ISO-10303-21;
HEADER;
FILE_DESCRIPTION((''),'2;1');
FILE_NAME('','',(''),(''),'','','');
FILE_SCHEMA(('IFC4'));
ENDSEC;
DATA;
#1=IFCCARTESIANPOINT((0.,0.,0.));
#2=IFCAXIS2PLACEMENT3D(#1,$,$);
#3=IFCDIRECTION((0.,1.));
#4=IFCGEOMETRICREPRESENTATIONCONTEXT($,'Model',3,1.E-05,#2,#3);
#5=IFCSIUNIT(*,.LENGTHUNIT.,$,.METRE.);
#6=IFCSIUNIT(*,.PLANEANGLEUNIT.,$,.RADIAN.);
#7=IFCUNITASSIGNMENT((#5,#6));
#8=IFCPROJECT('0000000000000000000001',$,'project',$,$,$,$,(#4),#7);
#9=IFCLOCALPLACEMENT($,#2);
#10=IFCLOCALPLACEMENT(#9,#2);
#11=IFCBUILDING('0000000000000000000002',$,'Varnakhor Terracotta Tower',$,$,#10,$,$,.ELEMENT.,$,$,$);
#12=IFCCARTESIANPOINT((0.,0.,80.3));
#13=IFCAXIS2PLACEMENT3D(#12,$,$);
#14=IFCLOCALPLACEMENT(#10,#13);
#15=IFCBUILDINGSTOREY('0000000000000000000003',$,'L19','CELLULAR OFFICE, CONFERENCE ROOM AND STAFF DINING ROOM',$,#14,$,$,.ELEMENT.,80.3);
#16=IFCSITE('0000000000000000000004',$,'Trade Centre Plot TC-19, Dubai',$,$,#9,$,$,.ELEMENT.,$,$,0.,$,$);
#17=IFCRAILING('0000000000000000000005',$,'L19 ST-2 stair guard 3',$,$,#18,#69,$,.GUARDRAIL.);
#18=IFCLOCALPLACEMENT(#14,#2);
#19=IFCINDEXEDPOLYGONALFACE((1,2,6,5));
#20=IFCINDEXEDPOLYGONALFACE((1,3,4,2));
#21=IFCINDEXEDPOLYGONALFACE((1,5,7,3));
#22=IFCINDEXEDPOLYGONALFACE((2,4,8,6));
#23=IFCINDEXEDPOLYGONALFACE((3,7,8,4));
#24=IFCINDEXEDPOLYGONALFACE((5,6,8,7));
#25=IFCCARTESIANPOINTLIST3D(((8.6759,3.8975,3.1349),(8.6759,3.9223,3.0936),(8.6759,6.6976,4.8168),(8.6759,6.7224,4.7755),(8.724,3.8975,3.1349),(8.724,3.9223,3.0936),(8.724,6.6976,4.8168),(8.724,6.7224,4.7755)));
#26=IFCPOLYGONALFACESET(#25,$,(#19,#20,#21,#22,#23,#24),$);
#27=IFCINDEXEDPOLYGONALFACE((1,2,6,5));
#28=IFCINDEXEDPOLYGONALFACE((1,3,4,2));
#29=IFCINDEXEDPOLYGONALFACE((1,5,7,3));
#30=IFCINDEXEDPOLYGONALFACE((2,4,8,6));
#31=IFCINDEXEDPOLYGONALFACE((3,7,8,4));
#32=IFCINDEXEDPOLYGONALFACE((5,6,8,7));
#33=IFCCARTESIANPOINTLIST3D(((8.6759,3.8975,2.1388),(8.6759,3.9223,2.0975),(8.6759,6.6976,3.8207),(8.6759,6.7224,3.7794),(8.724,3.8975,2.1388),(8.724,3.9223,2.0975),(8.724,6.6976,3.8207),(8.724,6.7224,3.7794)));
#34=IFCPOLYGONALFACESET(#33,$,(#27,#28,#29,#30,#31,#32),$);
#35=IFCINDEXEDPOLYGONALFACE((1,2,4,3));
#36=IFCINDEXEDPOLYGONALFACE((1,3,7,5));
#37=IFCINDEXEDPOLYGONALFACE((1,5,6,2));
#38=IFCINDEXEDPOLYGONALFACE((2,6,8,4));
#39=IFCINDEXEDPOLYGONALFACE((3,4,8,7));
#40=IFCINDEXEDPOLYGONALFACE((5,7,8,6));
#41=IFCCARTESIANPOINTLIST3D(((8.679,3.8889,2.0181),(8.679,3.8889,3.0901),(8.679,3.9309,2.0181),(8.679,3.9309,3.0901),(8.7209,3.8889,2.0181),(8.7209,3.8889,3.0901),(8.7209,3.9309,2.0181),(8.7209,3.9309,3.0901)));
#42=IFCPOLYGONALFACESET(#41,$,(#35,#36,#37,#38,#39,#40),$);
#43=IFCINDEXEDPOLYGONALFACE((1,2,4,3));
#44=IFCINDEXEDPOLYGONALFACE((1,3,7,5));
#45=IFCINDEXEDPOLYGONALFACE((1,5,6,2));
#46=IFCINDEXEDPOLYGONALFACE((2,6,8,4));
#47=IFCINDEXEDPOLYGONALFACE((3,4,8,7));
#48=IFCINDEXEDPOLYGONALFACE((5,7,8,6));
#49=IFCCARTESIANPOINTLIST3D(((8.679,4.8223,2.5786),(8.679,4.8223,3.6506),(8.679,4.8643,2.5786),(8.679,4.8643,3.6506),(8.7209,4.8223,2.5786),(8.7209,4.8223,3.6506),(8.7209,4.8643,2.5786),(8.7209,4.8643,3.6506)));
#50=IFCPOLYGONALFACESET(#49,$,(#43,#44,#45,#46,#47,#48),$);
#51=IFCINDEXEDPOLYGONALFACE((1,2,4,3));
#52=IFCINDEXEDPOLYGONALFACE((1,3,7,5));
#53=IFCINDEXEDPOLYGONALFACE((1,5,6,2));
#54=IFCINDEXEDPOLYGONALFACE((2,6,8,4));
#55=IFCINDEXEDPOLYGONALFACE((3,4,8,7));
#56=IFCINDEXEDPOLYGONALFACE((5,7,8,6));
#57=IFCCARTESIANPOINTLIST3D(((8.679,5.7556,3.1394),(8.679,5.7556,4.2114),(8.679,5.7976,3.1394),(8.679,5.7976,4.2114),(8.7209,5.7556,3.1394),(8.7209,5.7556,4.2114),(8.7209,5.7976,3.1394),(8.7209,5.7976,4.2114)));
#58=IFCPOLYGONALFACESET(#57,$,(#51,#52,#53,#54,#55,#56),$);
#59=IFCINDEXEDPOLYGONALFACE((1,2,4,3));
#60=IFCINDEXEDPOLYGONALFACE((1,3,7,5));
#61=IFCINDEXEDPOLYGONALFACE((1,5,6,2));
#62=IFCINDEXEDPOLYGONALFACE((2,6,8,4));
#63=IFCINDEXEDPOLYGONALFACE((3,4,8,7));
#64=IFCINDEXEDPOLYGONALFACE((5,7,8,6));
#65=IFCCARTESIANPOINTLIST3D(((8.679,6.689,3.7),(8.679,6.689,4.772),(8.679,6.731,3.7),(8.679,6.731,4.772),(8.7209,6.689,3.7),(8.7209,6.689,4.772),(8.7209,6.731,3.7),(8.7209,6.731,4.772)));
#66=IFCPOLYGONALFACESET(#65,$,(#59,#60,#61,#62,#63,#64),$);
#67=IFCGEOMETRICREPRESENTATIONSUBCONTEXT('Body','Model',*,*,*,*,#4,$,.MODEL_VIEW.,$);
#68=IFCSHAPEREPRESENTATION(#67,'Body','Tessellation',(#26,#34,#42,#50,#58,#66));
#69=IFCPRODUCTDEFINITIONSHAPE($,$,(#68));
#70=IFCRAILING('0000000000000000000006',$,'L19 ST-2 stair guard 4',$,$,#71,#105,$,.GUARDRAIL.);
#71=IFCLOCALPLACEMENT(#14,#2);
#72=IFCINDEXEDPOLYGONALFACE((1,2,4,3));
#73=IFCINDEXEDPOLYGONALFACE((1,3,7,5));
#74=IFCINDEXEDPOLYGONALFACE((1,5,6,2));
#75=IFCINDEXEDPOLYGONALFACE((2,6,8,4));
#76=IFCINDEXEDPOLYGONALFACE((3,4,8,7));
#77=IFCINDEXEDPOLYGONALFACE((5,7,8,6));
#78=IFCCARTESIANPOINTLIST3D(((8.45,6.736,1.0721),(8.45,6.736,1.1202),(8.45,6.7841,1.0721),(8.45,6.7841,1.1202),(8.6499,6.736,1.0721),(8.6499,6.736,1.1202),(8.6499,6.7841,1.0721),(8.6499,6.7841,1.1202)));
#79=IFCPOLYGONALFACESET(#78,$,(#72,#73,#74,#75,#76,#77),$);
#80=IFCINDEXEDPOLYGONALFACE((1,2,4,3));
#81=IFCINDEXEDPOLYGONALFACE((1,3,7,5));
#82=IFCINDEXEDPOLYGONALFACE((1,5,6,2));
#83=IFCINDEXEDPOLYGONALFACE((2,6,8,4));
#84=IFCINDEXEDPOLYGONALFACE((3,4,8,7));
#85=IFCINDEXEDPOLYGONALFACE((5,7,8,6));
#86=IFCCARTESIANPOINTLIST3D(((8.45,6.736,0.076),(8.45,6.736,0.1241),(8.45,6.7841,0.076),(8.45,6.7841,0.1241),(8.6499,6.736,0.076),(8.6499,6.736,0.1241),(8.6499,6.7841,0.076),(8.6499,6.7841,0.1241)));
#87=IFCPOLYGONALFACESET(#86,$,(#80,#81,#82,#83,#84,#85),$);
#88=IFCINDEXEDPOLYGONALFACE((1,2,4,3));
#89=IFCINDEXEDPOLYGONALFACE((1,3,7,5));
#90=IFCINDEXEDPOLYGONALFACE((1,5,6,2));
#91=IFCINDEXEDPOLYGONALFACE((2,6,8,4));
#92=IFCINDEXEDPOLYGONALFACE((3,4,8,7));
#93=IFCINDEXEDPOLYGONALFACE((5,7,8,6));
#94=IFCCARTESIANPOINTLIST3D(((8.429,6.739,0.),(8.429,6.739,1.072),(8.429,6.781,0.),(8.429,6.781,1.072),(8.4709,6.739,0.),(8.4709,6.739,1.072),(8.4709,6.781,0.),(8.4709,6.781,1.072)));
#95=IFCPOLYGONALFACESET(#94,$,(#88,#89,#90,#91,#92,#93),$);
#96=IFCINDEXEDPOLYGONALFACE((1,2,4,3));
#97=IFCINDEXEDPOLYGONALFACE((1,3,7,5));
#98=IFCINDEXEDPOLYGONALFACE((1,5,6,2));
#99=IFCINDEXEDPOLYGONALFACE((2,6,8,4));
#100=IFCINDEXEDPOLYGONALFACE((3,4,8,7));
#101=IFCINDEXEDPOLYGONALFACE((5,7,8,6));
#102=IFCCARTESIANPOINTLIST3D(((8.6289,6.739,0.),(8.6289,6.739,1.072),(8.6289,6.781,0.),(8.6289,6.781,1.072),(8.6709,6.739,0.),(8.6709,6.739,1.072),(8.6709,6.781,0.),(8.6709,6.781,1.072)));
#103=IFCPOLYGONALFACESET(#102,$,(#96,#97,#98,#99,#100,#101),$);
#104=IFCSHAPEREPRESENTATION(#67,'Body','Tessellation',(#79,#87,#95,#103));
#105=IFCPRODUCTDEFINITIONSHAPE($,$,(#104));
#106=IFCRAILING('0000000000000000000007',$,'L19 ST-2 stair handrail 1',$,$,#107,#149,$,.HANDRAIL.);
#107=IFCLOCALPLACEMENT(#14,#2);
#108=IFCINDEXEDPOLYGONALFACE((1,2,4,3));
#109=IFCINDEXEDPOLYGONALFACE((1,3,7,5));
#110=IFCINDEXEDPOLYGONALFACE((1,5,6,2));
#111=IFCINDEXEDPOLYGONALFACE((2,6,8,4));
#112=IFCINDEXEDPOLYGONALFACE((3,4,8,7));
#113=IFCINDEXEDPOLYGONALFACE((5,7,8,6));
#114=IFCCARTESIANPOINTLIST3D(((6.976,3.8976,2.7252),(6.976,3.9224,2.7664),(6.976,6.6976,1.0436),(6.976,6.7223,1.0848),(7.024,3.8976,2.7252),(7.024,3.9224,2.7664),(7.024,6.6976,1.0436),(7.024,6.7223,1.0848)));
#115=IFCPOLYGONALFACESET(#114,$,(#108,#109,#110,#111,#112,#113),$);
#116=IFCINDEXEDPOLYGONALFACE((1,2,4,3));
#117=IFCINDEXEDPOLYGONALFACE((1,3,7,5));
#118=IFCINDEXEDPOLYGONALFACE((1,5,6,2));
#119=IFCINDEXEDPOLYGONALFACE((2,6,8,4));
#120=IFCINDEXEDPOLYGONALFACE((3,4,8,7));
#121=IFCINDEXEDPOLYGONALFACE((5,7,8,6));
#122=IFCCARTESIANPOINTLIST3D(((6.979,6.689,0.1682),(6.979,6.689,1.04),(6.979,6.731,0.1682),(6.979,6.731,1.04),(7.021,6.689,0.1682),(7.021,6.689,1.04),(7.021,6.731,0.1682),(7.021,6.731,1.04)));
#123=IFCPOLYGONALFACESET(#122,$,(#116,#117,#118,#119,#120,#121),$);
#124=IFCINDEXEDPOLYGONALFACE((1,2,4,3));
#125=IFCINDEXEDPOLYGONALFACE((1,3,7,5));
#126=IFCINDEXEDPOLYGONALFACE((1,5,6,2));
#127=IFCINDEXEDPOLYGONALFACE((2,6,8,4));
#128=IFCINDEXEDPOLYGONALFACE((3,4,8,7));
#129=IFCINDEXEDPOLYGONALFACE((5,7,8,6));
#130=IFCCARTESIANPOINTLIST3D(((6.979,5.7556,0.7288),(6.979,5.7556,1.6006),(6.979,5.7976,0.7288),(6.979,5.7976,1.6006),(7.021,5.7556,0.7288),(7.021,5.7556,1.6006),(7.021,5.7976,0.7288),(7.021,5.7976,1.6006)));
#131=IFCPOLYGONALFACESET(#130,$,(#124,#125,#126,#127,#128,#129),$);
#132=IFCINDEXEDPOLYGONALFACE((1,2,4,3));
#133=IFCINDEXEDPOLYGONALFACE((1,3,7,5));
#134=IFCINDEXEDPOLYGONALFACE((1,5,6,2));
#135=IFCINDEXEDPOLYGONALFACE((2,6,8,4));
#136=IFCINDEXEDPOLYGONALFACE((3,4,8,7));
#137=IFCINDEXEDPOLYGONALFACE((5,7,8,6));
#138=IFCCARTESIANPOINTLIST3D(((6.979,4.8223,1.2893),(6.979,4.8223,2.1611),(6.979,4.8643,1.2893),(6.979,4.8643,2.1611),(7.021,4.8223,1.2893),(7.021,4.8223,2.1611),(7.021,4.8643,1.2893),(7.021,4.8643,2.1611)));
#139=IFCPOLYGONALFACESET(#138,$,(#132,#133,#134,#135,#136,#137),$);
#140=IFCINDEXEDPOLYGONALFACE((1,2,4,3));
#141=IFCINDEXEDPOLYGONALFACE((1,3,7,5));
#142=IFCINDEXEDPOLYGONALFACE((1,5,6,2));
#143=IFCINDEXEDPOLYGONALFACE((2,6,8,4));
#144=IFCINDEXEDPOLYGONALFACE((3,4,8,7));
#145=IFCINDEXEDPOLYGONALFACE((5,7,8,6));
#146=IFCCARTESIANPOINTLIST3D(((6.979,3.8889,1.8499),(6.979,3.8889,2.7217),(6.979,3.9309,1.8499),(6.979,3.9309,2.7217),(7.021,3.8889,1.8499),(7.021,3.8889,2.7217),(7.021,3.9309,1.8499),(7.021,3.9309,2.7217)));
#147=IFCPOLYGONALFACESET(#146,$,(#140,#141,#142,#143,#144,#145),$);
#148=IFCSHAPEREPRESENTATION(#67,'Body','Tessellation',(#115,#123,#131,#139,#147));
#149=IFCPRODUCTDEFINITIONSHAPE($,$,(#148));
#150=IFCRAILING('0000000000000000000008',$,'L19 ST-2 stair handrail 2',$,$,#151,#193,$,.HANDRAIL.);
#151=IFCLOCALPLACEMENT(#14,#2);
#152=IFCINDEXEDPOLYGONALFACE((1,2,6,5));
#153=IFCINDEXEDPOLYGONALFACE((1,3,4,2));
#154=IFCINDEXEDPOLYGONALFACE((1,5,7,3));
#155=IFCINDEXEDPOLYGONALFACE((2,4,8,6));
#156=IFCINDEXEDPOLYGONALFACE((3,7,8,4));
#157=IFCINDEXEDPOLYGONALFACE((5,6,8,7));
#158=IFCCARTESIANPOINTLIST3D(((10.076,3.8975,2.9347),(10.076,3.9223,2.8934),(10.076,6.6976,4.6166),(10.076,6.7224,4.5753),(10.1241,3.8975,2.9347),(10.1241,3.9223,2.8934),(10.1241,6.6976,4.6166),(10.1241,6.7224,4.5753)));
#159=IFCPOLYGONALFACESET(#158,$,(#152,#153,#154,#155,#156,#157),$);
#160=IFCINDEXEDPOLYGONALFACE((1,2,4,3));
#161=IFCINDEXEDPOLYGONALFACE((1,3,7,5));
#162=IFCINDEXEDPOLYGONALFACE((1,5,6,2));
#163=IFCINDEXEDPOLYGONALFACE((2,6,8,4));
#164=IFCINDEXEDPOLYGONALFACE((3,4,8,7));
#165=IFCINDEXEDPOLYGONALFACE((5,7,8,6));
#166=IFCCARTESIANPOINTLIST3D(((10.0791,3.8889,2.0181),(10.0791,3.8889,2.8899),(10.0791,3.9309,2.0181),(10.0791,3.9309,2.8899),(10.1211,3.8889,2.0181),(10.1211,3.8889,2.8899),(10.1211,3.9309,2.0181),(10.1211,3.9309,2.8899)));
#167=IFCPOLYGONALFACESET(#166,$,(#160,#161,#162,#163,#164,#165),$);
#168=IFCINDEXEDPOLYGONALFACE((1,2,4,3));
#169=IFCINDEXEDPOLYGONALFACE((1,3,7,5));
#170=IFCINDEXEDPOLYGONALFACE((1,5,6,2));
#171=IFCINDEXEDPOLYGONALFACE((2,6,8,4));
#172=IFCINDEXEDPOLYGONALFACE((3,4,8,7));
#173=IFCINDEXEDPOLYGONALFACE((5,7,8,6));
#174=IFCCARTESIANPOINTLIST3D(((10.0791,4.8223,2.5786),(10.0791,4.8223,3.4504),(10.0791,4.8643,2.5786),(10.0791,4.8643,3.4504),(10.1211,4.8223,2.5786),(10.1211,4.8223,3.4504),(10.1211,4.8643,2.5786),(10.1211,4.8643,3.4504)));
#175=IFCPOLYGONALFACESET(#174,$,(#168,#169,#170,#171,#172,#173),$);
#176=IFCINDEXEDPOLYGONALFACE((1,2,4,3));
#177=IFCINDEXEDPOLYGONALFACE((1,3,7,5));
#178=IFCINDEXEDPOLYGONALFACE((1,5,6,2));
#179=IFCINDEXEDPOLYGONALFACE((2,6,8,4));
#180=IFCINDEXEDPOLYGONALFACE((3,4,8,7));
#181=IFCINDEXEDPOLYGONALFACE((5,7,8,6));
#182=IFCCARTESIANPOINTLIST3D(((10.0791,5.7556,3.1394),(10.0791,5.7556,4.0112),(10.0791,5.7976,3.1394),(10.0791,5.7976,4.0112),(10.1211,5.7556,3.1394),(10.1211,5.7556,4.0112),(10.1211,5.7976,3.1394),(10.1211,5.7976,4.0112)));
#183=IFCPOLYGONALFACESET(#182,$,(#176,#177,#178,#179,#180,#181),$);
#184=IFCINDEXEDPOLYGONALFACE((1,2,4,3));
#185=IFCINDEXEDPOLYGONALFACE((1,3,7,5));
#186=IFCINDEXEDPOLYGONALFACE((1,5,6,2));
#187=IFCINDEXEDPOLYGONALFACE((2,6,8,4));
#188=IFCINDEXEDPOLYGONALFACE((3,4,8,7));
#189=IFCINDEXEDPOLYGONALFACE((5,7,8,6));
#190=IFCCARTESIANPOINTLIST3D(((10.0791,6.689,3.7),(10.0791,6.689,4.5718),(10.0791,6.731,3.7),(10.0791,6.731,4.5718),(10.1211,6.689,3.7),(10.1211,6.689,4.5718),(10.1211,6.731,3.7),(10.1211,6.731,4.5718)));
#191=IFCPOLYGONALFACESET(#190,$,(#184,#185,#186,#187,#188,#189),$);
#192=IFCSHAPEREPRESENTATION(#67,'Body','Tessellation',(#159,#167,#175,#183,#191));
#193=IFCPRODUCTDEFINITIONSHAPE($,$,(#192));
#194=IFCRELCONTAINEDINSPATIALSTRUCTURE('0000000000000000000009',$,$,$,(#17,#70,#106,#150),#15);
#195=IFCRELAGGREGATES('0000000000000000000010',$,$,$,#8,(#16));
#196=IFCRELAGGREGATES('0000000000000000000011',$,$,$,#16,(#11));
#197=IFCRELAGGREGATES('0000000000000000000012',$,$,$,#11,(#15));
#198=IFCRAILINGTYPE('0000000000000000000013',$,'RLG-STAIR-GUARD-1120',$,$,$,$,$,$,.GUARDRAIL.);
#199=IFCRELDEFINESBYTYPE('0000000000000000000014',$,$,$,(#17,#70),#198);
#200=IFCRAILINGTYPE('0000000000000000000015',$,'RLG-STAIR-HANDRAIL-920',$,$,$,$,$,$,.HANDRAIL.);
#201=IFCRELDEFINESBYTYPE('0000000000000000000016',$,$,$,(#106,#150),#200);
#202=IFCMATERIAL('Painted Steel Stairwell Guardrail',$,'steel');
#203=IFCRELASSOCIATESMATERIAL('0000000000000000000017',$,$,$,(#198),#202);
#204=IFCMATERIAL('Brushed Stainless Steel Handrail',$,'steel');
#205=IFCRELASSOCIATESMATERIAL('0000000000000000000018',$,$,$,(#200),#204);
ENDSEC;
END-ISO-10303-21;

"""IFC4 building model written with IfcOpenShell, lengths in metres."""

from ifc_helpers import new_model, si_unit, direction, frame, origin, origin_2d, place, context, subcontext, project, spatial, rectangle, extrude, material, type_object, element, save


model = new_model("IFC4")

# Units and contexts
model_context = context("Model", 3, precision=1e-05, world=origin(), true_north=direction((0.0, 1.0)))
body_context = subcontext(model_context, "Body", "Model", "MODEL_VIEW")
ifc_project = project(units=[si_unit("LENGTHUNIT", "METRE"), si_unit("PLANEANGLEUNIT", "RADIAN")], contexts=[model_context])

# Site, building, storey
site_placement = place(None, origin())
site = spatial("IfcSite", under=ifc_project, at=site_placement, Name="Trade Centre Plot TC-19, Dubai", CompositionType="ELEMENT", RefElevation=0.0)
building_placement = place(site_placement, origin())
building = spatial("IfcBuilding", under=site, at=building_placement, Name="Varnakhor Terracotta Tower", CompositionType="ELEMENT")
storey_placement = place(building_placement, frame((0.0, 0.0, 80.3)))
storey = spatial("IfcBuildingStorey", under=building, at=storey_placement, Name="L19", Description="CELLULAR OFFICE, CONFERENCE ROOM AND STAFF DINING ROOM", CompositionType="ELEMENT", Elevation=80.3)

# Railings
ifc_material_1 = material(Name="Painted Steel Stairwell Guardrail", Category="steel")
railing_type_1 = type_object("IfcRailingType", Name="RLG-STAIR-GUARD-1120", PredefinedType="GUARDRAIL", material=ifc_material_1)
railing_1_placement = place(storey_placement, frame((8.7, 3.9099, 2.0181)))
element("IfcRailing", 1, at=railing_1_placement, inside=storey, type_object=railing_type_1, Name="L19 ST-2 stair guard 3", PredefinedType="GUARDRAIL", context=body_context, shape_type="SweptSolid", body=[
    extrude(rectangle(XDim=0.0481, YDim=0.0481, at=origin_2d()), frame((0.0, 0.0, 1.0962), z_axis=(0.0, 0.857242, 0.514913), x_axis=(-1.0, 0.0, 0.0)), (0.0, 0.0, 1.0), 3.2664),
    extrude(rectangle(XDim=0.0481, YDim=0.0481, at=origin_2d()), frame((0.0, 0.0, 0.1001), z_axis=(0.0, 0.857242, 0.514913), x_axis=(-1.0, 0.0, 0.0)), (0.0, 0.0, 1.0), 3.2664),
    extrude(rectangle(XDim=0.042, YDim=0.042, at=origin_2d()), origin(), (0.0, 0.0, 1.0), 1.072),
    extrude(rectangle(XDim=0.042, YDim=0.042, at=origin_2d()), frame((0.0, 0.9333, 0.5605)), (0.0, 0.0, 1.0), 1.072),
    extrude(rectangle(XDim=0.042, YDim=0.042, at=origin_2d()), frame((0.0, 1.8667, 1.1213)), (0.0, 0.0, 1.0), 1.072),
    extrude(rectangle(XDim=0.042, YDim=0.042, at=origin_2d()), frame((0.0, 2.8, 1.6819)), (0.0, 0.0, 1.0), 1.072),
])
railing_2_placement = place(storey_placement, frame((8.45, 6.76, 0.0)))
element("IfcRailing", 2, at=railing_2_placement, inside=storey, type_object=railing_type_1, Name="L19 ST-2 stair guard 4", PredefinedType="GUARDRAIL", context=body_context, shape_type="SweptSolid", body=[
    extrude(rectangle(XDim=0.0481, YDim=0.0481, at=origin_2d()), frame((0.0, 0.0, 1.0962), z_axis=(1.0, 0.0, 0.0), x_axis=(0.0, 1.0, 0.0)), (0.0, 0.0, 1.0), 0.2),
    extrude(rectangle(XDim=0.0481, YDim=0.0481, at=origin_2d()), frame((0.0, 0.0, 0.1001), z_axis=(1.0, 0.0, 0.0), x_axis=(0.0, 1.0, 0.0)), (0.0, 0.0, 1.0), 0.2),
    extrude(rectangle(XDim=0.042, YDim=0.042, at=origin_2d()), origin(), (0.0, 0.0, 1.0), 1.072),
    extrude(rectangle(XDim=0.042, YDim=0.042, at=origin_2d()), frame((0.2, 0.0, 0.0)), (0.0, 0.0, 1.0), 1.072),
])
ifc_material_2 = material(Name="Brushed Stainless Steel Handrail", Category="steel")
railing_type_2 = type_object("IfcRailingType", Name="RLG-STAIR-HANDRAIL-920", PredefinedType="HANDRAIL", material=ifc_material_2)
railing_3_placement = place(storey_placement, frame((7.0, 6.71, 0.1682)))
element("IfcRailing", 3, at=railing_3_placement, inside=storey, type_object=railing_type_2, Name="L19 ST-2 stair handrail 1", PredefinedType="HANDRAIL", context=body_context, shape_type="SweptSolid", body=[
    extrude(rectangle(XDim=0.0481, YDim=0.0481, at=origin_2d()), frame((0.0, 0.0, 0.896), z_axis=(0.0, -0.857275, 0.514858), x_axis=(1.0, 0.0, 0.0)), (0.0, 0.0, 1.0), 3.2661),
    extrude(rectangle(XDim=0.042, YDim=0.042, at=origin_2d()), origin(), (0.0, 0.0, 1.0), 0.8718),
    extrude(rectangle(XDim=0.042, YDim=0.042, at=origin_2d()), frame((0.0, -0.9333, 0.5605)), (0.0, 0.0, 1.0), 0.8718),
    extrude(rectangle(XDim=0.042, YDim=0.042, at=origin_2d()), frame((0.0, -1.8667, 1.1211)), (0.0, 0.0, 1.0), 0.8718),
    extrude(rectangle(XDim=0.042, YDim=0.042, at=origin_2d()), frame((0.0, -2.8, 1.6816)), (0.0, 0.0, 1.0), 0.8718),
])
railing_4_placement = place(storey_placement, frame((10.1001, 3.9099, 2.0181)))
element("IfcRailing", 4, at=railing_4_placement, inside=storey, type_object=railing_type_2, Name="L19 ST-2 stair handrail 2", PredefinedType="HANDRAIL", context=body_context, shape_type="SweptSolid", body=[
    extrude(rectangle(XDim=0.0481, YDim=0.0481, at=origin_2d()), frame((0.0, 0.0, 0.896), z_axis=(0.0, 0.857242, 0.514913), x_axis=(-1.0, 0.0, 0.0)), (0.0, 0.0, 1.0), 3.2664),
    extrude(rectangle(XDim=0.042, YDim=0.042, at=origin_2d()), origin(), (0.0, 0.0, 1.0), 0.8718),
    extrude(rectangle(XDim=0.042, YDim=0.042, at=origin_2d()), frame((0.0, 0.9333, 0.5605)), (0.0, 0.0, 1.0), 0.8718),
    extrude(rectangle(XDim=0.042, YDim=0.042, at=origin_2d()), frame((0.0, 1.8667, 1.1213)), (0.0, 0.0, 1.0), 0.8718),
    extrude(rectangle(XDim=0.042, YDim=0.042, at=origin_2d()), frame((0.0, 2.8, 1.6819)), (0.0, 0.0, 1.0), 0.8718),
])

save(model, "model.ifc")
